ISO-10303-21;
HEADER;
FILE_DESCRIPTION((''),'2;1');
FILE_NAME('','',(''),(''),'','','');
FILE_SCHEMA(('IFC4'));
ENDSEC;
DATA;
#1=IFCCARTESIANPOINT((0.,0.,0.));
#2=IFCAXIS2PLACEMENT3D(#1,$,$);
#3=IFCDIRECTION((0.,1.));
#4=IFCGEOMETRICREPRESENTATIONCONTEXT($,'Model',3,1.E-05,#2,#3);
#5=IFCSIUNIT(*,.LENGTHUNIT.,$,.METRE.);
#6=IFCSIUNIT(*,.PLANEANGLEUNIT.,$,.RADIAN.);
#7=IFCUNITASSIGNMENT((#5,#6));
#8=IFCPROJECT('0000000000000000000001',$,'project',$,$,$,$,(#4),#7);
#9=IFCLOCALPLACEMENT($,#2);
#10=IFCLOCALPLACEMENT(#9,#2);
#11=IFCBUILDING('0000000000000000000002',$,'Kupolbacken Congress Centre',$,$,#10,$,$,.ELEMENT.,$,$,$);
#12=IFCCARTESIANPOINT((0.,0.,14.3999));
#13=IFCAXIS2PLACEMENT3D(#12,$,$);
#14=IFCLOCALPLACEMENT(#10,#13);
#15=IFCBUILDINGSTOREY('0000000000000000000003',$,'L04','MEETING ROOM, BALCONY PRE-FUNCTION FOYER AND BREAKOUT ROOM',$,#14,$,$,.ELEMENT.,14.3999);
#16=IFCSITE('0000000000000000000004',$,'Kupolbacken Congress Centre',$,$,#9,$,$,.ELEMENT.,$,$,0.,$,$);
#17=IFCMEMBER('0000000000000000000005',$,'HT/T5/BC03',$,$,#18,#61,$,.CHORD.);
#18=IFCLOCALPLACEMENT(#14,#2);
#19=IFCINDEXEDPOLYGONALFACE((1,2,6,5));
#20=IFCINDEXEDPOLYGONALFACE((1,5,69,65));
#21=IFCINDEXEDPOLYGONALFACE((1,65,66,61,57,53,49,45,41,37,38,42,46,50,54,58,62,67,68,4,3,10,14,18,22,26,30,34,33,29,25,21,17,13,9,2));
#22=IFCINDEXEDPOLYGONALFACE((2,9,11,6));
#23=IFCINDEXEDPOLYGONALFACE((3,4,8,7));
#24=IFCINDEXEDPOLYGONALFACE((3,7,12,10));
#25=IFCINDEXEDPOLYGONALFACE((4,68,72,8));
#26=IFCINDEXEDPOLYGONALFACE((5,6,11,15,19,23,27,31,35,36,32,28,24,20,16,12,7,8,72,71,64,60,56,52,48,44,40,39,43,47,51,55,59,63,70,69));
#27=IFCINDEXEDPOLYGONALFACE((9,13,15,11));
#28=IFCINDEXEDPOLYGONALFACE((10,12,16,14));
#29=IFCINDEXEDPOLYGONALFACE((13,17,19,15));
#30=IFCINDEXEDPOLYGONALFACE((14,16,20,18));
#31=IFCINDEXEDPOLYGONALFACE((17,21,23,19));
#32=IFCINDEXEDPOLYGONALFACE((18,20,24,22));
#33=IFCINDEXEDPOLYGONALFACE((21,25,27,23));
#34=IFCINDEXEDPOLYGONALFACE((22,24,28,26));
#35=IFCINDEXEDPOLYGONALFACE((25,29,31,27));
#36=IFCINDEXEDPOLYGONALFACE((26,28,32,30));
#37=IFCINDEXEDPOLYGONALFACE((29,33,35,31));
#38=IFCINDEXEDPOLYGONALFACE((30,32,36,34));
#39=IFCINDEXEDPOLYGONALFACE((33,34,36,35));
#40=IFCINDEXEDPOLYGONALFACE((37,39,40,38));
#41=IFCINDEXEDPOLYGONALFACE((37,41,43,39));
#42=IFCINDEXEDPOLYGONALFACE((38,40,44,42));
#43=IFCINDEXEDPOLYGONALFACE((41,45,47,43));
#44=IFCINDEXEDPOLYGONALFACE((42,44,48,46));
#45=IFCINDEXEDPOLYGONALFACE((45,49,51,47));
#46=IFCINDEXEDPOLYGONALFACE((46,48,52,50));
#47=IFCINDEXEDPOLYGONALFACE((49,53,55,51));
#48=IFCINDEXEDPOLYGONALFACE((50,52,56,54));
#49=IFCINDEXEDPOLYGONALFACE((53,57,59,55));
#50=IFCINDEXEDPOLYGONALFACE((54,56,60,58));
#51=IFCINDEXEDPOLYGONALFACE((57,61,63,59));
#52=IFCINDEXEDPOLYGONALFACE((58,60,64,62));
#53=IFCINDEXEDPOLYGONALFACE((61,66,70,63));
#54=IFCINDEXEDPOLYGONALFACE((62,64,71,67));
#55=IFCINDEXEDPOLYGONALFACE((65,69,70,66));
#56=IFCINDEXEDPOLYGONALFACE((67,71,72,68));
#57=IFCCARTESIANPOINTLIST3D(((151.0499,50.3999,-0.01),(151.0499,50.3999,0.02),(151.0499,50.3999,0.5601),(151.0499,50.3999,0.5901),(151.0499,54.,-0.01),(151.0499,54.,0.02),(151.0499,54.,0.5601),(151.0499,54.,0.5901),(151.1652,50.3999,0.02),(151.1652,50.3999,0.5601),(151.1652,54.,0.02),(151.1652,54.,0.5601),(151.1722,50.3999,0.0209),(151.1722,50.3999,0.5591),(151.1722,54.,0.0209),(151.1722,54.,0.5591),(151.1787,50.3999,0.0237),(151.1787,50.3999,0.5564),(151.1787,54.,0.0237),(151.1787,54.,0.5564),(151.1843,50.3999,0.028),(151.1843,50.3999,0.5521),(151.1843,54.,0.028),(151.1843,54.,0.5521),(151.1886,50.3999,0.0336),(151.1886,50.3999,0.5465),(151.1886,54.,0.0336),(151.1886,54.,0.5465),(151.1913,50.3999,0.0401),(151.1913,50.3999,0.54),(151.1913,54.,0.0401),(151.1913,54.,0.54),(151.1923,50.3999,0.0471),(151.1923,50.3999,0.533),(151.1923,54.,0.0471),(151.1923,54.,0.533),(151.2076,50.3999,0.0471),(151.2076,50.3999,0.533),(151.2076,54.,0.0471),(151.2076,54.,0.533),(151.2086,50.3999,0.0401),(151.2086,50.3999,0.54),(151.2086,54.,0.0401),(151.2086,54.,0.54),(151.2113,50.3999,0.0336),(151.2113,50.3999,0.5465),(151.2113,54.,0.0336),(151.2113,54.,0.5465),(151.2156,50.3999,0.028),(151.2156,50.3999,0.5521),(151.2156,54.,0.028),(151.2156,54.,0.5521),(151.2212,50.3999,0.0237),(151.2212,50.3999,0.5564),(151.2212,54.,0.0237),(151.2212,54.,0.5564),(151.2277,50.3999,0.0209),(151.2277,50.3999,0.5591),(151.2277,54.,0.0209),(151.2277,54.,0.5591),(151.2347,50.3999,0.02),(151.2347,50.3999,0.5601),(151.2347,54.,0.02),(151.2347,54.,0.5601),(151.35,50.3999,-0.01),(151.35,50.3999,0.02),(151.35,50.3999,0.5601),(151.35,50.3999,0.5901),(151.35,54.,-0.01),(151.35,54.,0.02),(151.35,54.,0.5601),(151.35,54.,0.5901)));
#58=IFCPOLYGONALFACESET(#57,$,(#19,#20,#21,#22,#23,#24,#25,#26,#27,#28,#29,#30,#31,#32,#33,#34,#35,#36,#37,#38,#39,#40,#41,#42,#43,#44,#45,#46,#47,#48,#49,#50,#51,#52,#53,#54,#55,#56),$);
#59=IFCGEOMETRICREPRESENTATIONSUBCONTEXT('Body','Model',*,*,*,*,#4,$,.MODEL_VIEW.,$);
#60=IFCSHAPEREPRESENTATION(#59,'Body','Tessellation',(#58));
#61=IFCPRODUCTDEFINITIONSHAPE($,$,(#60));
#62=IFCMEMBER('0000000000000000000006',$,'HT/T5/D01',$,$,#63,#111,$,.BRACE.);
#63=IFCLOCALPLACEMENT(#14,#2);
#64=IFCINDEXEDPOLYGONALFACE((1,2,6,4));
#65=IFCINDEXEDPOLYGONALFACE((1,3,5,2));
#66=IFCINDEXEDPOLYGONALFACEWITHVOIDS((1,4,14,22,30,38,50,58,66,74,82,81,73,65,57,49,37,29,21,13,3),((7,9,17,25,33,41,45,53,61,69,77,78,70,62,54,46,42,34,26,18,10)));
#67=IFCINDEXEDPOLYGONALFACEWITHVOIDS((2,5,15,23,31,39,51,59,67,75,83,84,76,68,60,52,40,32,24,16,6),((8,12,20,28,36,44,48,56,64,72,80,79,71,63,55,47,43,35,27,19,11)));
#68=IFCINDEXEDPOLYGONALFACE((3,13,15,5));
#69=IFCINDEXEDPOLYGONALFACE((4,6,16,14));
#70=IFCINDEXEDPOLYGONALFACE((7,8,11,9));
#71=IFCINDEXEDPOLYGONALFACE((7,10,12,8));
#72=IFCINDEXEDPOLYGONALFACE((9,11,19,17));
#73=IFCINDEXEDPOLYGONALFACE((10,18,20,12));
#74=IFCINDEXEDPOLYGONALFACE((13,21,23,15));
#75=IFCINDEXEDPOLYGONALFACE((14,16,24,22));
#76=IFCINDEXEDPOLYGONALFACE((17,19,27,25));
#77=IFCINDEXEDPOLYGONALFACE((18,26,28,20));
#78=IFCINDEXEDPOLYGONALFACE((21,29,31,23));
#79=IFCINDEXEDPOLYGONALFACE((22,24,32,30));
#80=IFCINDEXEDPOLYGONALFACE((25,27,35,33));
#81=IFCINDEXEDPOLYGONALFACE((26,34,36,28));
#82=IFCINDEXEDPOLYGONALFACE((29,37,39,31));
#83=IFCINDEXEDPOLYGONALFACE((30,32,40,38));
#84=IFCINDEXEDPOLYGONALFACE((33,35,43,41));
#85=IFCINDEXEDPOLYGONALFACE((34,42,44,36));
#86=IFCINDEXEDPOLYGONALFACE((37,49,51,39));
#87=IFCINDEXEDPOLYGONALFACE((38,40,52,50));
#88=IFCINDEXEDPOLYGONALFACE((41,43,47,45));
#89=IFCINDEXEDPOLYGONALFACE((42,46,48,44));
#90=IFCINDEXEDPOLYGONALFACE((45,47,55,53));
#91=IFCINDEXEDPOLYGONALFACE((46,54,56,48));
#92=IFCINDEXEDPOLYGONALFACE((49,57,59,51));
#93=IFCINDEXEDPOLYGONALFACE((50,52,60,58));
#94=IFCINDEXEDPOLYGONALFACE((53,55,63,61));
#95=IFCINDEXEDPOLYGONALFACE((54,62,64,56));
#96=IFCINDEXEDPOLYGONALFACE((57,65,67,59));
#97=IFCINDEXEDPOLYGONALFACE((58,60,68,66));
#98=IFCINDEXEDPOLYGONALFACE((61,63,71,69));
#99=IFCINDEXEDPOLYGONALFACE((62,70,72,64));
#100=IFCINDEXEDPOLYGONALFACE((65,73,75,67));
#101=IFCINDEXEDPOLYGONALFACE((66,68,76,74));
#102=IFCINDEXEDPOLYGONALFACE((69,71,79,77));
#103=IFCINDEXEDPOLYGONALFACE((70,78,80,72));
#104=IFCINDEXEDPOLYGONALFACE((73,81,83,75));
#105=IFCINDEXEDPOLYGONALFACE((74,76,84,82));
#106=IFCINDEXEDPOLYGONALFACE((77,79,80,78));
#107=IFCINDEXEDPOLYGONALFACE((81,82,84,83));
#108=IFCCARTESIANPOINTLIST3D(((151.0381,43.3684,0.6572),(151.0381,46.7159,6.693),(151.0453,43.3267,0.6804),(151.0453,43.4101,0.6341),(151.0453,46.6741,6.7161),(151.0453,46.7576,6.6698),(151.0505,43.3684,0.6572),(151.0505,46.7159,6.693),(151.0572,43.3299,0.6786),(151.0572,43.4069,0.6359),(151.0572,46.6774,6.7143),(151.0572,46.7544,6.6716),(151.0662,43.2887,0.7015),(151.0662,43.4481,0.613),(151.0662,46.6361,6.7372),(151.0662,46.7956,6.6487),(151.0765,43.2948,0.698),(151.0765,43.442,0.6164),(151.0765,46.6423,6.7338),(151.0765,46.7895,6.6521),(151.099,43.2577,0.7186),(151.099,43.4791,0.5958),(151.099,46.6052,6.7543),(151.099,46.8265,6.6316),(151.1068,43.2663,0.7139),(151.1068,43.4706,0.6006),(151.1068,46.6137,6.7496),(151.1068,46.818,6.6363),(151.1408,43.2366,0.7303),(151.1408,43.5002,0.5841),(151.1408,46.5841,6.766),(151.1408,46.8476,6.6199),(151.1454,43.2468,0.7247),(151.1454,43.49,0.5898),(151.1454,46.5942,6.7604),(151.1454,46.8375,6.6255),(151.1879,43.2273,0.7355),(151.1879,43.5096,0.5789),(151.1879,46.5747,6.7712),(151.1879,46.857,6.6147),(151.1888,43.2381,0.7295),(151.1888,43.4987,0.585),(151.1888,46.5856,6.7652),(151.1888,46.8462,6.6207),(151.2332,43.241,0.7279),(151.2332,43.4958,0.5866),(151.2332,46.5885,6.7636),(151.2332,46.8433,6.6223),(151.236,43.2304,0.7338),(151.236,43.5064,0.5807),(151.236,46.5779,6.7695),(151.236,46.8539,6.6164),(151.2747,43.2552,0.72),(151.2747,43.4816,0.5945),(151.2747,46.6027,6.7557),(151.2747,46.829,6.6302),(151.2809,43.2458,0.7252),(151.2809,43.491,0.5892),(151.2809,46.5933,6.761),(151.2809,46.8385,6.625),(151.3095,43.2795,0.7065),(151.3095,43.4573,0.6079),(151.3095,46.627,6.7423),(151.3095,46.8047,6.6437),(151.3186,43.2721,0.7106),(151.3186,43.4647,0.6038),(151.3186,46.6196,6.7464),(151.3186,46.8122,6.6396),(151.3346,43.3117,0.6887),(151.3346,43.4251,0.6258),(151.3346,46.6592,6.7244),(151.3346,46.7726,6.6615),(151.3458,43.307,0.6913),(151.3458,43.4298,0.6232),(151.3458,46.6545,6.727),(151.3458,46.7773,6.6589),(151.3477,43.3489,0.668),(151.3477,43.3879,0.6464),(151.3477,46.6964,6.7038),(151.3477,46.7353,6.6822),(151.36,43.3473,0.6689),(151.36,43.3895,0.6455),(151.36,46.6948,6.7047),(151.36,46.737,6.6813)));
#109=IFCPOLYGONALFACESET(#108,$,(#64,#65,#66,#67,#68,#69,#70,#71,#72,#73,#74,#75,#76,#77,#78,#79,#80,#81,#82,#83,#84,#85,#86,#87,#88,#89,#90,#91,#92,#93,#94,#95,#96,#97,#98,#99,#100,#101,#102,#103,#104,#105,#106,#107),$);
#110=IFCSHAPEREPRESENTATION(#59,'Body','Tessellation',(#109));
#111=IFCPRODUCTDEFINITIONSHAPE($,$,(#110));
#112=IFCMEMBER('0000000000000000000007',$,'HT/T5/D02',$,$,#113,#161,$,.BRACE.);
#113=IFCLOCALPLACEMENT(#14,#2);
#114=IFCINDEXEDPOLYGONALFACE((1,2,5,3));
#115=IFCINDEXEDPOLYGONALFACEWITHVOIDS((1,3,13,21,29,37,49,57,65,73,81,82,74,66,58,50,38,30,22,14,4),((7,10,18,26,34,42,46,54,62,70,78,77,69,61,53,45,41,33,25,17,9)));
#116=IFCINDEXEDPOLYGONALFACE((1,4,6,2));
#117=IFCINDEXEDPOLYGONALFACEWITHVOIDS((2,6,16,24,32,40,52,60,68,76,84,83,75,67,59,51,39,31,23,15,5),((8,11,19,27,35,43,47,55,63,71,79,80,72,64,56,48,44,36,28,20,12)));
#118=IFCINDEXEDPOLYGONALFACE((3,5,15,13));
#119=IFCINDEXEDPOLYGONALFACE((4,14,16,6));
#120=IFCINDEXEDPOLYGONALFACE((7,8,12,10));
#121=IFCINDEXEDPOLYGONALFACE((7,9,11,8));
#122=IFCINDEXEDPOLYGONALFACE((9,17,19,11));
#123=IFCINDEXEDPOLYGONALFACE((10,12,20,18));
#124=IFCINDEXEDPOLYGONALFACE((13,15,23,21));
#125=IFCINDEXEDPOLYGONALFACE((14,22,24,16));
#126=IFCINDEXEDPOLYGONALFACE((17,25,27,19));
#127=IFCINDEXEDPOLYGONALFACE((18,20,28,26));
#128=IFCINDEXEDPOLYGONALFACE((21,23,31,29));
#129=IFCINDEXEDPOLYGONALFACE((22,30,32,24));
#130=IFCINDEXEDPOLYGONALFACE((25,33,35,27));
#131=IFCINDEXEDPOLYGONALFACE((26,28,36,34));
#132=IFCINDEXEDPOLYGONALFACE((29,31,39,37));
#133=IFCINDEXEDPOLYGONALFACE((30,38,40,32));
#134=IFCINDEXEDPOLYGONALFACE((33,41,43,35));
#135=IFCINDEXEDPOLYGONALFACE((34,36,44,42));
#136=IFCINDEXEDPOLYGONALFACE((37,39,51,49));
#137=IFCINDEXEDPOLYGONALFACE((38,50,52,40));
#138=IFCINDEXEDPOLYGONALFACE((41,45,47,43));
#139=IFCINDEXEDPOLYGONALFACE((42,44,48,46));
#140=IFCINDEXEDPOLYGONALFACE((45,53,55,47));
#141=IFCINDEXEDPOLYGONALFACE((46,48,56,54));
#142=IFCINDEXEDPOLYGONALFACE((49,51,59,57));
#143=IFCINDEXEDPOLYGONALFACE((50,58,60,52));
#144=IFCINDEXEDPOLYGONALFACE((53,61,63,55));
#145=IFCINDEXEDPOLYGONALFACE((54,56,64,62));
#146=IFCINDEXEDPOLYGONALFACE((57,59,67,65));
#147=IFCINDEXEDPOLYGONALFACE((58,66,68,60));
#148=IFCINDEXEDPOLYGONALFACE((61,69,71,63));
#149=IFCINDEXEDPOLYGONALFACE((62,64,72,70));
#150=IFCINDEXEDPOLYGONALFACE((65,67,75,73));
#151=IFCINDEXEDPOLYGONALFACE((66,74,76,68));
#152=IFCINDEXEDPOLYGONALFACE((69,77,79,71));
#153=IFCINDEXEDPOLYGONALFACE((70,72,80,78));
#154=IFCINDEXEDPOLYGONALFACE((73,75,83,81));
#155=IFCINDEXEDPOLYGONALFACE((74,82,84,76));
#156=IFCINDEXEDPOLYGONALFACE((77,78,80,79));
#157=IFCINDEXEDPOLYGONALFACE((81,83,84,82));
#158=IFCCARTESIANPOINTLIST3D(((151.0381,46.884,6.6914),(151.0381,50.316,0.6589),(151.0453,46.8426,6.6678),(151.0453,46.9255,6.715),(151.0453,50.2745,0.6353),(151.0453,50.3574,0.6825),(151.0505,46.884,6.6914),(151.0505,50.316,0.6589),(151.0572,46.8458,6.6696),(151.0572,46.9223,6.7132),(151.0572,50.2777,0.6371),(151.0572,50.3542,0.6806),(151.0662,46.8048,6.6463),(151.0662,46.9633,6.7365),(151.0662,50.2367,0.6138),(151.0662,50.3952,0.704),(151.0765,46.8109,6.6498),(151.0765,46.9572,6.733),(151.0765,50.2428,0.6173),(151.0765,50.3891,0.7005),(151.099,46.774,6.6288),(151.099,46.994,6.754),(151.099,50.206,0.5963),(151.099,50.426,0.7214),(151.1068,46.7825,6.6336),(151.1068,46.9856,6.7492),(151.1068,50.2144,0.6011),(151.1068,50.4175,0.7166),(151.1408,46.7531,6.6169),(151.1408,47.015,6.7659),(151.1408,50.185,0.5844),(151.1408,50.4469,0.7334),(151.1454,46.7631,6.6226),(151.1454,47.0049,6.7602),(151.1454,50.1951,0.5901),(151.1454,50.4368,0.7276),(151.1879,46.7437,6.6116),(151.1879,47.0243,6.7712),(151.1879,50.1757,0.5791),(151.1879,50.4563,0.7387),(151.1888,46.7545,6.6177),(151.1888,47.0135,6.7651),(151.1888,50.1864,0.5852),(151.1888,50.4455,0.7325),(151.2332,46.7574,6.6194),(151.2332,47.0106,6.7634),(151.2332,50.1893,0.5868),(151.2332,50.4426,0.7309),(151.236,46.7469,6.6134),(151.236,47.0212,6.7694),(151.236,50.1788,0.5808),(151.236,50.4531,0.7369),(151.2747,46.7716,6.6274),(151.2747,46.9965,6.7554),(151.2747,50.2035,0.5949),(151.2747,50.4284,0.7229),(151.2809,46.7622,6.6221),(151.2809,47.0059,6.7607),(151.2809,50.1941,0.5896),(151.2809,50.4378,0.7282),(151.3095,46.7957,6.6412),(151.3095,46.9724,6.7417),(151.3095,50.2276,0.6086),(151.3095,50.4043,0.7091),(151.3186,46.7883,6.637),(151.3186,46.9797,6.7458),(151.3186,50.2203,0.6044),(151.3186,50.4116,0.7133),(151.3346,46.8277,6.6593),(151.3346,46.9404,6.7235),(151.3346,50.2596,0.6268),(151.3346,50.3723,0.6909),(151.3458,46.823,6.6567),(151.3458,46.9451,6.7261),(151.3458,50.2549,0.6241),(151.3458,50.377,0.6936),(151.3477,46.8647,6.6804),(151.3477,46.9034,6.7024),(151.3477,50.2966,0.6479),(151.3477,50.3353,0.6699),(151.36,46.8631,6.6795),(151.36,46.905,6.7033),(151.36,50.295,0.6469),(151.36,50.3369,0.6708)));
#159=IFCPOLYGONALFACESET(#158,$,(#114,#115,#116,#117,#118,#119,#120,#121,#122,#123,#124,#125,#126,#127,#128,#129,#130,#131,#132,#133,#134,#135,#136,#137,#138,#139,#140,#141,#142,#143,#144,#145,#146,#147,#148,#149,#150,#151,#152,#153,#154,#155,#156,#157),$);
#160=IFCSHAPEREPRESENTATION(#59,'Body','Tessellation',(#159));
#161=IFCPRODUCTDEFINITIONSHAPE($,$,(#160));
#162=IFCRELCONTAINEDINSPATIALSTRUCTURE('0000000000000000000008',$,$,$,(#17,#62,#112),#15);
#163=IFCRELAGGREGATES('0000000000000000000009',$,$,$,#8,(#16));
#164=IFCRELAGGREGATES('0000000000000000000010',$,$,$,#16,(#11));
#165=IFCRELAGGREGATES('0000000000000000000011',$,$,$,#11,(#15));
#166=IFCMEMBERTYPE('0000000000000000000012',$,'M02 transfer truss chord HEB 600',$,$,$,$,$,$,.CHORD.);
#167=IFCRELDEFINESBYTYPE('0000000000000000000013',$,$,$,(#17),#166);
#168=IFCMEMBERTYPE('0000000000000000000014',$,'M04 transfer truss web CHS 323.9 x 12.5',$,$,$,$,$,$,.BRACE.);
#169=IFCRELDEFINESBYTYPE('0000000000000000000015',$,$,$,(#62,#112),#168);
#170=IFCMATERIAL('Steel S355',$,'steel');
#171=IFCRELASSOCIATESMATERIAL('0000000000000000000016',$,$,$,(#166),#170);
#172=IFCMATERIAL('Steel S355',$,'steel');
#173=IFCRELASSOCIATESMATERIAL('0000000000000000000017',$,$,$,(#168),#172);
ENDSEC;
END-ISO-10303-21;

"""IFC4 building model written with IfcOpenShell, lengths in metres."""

from ifc_helpers import new_model, si_unit, direction, frame, origin, origin_2d, place, context, subcontext, project, spatial, hollow_circle, i_section, extrude, material, material_profile, profile_set, type_object, element, save


model = new_model("IFC4")

# Units and contexts
model_context = context("Model", 3, precision=1e-05, world=origin(), true_north=direction((0.0, 1.0)))
body_context = subcontext(model_context, "Body", "Model", "MODEL_VIEW")
ifc_project = project(units=[si_unit("LENGTHUNIT", "METRE"), si_unit("PLANEANGLEUNIT", "RADIAN")], contexts=[model_context])

# Site, building, storey
site_placement = place(None, origin())
site = spatial("IfcSite", under=ifc_project, at=site_placement, Name="Kupolbacken Congress Centre", CompositionType="ELEMENT", RefElevation=0.0)
building_placement = place(site_placement, origin())
building = spatial("IfcBuilding", under=site, at=building_placement, Name="Kupolbacken Congress Centre", CompositionType="ELEMENT")
storey_placement = place(building_placement, frame((0.0, 0.0, 14.3999)))
storey = spatial("IfcBuildingStorey", under=building, at=storey_placement, Name="L04", Description="MEETING ROOM, BALCONY PRE-FUNCTION FOYER AND BREAKOUT ROOM", CompositionType="ELEMENT", Elevation=14.3999)

# Members
ifc_material_1 = material(Name="Steel S355", Category="steel")
ifc_material_profile_1 = material_profile(ifc_material_1, i_section(OverallWidth=0.3, OverallDepth=0.6001, WebThickness=0.0154, FlangeThickness=0.03, FilletRadius=0.0271, at=origin_2d()), Name="HEB 600")
ifc_profile_set_1 = profile_set([ifc_material_profile_1], Name="Steel S355")
member_type_1 = type_object("IfcMemberType", Name="M02 transfer truss chord HEB 600", PredefinedType="CHORD", material=ifc_profile_set_1)
member_1_placement = place(storey_placement, frame((151.2, 50.3999, 0.29), z_axis=(0.0, 1.0, 0.0), x_axis=(-1.0, 0.0, 0.0)))
element("IfcMember", 1, at=member_1_placement, inside=storey, type_object=member_type_1, Name="HT/T5/BC03", PredefinedType="CHORD", context=body_context, shape_type="SweptSolid", body=[
    extrude(i_section(OverallWidth=0.3, OverallDepth=0.6001, WebThickness=0.0154, FlangeThickness=0.03, FilletRadius=0.0271, at=origin_2d()), origin(), (0.0, 0.0, 1.0), 3.6001),
])
ifc_material_2 = material(Name="Steel S355", Category="steel")
ifc_material_profile_2 = material_profile(ifc_material_2, hollow_circle(Radius=0.1619, WallThickness=0.0125, at=origin_2d()), Name="CHS 323.9 x 12.5")
ifc_profile_set_2 = profile_set([ifc_material_profile_2], Name="Steel S355")
member_type_2 = type_object("IfcMemberType", Name="M04 transfer truss web CHS 323.9 x 12.5", PredefinedType="BRACE", material=ifc_profile_set_2)
member_2_placement = place(storey_placement, frame((151.2, 43.3684, 0.6572), z_axis=(0.0, 0.485009, 0.874509), x_axis=(-1.0, 0.0, 0.0)))
element("IfcMember", 2, at=member_2_placement, inside=storey, type_object=member_type_2, Name="HT/T5/D01", PredefinedType="BRACE", context=body_context, shape_type="SweptSolid", body=[
    extrude(hollow_circle(Radius=0.1619, WallThickness=0.0125, at=origin_2d()), origin(), (0.0, 0.0, 1.0), 6.9019),
])
member_3_placement = place(storey_placement, frame((151.2, 46.884, 6.6914), z_axis=(0.0, 0.494483, -0.869188), x_axis=(-1.0, 0.0, 0.0)))
element("IfcMember", 3, at=member_3_placement, inside=storey, type_object=member_type_2, Name="HT/T5/D02", PredefinedType="BRACE", context=body_context, shape_type="SweptSolid", body=[
    extrude(hollow_circle(Radius=0.1619, WallThickness=0.0125, at=origin_2d()), origin(), (0.0, 0.0, 1.0), 6.9404),
])

save(model, "model.ifc")
